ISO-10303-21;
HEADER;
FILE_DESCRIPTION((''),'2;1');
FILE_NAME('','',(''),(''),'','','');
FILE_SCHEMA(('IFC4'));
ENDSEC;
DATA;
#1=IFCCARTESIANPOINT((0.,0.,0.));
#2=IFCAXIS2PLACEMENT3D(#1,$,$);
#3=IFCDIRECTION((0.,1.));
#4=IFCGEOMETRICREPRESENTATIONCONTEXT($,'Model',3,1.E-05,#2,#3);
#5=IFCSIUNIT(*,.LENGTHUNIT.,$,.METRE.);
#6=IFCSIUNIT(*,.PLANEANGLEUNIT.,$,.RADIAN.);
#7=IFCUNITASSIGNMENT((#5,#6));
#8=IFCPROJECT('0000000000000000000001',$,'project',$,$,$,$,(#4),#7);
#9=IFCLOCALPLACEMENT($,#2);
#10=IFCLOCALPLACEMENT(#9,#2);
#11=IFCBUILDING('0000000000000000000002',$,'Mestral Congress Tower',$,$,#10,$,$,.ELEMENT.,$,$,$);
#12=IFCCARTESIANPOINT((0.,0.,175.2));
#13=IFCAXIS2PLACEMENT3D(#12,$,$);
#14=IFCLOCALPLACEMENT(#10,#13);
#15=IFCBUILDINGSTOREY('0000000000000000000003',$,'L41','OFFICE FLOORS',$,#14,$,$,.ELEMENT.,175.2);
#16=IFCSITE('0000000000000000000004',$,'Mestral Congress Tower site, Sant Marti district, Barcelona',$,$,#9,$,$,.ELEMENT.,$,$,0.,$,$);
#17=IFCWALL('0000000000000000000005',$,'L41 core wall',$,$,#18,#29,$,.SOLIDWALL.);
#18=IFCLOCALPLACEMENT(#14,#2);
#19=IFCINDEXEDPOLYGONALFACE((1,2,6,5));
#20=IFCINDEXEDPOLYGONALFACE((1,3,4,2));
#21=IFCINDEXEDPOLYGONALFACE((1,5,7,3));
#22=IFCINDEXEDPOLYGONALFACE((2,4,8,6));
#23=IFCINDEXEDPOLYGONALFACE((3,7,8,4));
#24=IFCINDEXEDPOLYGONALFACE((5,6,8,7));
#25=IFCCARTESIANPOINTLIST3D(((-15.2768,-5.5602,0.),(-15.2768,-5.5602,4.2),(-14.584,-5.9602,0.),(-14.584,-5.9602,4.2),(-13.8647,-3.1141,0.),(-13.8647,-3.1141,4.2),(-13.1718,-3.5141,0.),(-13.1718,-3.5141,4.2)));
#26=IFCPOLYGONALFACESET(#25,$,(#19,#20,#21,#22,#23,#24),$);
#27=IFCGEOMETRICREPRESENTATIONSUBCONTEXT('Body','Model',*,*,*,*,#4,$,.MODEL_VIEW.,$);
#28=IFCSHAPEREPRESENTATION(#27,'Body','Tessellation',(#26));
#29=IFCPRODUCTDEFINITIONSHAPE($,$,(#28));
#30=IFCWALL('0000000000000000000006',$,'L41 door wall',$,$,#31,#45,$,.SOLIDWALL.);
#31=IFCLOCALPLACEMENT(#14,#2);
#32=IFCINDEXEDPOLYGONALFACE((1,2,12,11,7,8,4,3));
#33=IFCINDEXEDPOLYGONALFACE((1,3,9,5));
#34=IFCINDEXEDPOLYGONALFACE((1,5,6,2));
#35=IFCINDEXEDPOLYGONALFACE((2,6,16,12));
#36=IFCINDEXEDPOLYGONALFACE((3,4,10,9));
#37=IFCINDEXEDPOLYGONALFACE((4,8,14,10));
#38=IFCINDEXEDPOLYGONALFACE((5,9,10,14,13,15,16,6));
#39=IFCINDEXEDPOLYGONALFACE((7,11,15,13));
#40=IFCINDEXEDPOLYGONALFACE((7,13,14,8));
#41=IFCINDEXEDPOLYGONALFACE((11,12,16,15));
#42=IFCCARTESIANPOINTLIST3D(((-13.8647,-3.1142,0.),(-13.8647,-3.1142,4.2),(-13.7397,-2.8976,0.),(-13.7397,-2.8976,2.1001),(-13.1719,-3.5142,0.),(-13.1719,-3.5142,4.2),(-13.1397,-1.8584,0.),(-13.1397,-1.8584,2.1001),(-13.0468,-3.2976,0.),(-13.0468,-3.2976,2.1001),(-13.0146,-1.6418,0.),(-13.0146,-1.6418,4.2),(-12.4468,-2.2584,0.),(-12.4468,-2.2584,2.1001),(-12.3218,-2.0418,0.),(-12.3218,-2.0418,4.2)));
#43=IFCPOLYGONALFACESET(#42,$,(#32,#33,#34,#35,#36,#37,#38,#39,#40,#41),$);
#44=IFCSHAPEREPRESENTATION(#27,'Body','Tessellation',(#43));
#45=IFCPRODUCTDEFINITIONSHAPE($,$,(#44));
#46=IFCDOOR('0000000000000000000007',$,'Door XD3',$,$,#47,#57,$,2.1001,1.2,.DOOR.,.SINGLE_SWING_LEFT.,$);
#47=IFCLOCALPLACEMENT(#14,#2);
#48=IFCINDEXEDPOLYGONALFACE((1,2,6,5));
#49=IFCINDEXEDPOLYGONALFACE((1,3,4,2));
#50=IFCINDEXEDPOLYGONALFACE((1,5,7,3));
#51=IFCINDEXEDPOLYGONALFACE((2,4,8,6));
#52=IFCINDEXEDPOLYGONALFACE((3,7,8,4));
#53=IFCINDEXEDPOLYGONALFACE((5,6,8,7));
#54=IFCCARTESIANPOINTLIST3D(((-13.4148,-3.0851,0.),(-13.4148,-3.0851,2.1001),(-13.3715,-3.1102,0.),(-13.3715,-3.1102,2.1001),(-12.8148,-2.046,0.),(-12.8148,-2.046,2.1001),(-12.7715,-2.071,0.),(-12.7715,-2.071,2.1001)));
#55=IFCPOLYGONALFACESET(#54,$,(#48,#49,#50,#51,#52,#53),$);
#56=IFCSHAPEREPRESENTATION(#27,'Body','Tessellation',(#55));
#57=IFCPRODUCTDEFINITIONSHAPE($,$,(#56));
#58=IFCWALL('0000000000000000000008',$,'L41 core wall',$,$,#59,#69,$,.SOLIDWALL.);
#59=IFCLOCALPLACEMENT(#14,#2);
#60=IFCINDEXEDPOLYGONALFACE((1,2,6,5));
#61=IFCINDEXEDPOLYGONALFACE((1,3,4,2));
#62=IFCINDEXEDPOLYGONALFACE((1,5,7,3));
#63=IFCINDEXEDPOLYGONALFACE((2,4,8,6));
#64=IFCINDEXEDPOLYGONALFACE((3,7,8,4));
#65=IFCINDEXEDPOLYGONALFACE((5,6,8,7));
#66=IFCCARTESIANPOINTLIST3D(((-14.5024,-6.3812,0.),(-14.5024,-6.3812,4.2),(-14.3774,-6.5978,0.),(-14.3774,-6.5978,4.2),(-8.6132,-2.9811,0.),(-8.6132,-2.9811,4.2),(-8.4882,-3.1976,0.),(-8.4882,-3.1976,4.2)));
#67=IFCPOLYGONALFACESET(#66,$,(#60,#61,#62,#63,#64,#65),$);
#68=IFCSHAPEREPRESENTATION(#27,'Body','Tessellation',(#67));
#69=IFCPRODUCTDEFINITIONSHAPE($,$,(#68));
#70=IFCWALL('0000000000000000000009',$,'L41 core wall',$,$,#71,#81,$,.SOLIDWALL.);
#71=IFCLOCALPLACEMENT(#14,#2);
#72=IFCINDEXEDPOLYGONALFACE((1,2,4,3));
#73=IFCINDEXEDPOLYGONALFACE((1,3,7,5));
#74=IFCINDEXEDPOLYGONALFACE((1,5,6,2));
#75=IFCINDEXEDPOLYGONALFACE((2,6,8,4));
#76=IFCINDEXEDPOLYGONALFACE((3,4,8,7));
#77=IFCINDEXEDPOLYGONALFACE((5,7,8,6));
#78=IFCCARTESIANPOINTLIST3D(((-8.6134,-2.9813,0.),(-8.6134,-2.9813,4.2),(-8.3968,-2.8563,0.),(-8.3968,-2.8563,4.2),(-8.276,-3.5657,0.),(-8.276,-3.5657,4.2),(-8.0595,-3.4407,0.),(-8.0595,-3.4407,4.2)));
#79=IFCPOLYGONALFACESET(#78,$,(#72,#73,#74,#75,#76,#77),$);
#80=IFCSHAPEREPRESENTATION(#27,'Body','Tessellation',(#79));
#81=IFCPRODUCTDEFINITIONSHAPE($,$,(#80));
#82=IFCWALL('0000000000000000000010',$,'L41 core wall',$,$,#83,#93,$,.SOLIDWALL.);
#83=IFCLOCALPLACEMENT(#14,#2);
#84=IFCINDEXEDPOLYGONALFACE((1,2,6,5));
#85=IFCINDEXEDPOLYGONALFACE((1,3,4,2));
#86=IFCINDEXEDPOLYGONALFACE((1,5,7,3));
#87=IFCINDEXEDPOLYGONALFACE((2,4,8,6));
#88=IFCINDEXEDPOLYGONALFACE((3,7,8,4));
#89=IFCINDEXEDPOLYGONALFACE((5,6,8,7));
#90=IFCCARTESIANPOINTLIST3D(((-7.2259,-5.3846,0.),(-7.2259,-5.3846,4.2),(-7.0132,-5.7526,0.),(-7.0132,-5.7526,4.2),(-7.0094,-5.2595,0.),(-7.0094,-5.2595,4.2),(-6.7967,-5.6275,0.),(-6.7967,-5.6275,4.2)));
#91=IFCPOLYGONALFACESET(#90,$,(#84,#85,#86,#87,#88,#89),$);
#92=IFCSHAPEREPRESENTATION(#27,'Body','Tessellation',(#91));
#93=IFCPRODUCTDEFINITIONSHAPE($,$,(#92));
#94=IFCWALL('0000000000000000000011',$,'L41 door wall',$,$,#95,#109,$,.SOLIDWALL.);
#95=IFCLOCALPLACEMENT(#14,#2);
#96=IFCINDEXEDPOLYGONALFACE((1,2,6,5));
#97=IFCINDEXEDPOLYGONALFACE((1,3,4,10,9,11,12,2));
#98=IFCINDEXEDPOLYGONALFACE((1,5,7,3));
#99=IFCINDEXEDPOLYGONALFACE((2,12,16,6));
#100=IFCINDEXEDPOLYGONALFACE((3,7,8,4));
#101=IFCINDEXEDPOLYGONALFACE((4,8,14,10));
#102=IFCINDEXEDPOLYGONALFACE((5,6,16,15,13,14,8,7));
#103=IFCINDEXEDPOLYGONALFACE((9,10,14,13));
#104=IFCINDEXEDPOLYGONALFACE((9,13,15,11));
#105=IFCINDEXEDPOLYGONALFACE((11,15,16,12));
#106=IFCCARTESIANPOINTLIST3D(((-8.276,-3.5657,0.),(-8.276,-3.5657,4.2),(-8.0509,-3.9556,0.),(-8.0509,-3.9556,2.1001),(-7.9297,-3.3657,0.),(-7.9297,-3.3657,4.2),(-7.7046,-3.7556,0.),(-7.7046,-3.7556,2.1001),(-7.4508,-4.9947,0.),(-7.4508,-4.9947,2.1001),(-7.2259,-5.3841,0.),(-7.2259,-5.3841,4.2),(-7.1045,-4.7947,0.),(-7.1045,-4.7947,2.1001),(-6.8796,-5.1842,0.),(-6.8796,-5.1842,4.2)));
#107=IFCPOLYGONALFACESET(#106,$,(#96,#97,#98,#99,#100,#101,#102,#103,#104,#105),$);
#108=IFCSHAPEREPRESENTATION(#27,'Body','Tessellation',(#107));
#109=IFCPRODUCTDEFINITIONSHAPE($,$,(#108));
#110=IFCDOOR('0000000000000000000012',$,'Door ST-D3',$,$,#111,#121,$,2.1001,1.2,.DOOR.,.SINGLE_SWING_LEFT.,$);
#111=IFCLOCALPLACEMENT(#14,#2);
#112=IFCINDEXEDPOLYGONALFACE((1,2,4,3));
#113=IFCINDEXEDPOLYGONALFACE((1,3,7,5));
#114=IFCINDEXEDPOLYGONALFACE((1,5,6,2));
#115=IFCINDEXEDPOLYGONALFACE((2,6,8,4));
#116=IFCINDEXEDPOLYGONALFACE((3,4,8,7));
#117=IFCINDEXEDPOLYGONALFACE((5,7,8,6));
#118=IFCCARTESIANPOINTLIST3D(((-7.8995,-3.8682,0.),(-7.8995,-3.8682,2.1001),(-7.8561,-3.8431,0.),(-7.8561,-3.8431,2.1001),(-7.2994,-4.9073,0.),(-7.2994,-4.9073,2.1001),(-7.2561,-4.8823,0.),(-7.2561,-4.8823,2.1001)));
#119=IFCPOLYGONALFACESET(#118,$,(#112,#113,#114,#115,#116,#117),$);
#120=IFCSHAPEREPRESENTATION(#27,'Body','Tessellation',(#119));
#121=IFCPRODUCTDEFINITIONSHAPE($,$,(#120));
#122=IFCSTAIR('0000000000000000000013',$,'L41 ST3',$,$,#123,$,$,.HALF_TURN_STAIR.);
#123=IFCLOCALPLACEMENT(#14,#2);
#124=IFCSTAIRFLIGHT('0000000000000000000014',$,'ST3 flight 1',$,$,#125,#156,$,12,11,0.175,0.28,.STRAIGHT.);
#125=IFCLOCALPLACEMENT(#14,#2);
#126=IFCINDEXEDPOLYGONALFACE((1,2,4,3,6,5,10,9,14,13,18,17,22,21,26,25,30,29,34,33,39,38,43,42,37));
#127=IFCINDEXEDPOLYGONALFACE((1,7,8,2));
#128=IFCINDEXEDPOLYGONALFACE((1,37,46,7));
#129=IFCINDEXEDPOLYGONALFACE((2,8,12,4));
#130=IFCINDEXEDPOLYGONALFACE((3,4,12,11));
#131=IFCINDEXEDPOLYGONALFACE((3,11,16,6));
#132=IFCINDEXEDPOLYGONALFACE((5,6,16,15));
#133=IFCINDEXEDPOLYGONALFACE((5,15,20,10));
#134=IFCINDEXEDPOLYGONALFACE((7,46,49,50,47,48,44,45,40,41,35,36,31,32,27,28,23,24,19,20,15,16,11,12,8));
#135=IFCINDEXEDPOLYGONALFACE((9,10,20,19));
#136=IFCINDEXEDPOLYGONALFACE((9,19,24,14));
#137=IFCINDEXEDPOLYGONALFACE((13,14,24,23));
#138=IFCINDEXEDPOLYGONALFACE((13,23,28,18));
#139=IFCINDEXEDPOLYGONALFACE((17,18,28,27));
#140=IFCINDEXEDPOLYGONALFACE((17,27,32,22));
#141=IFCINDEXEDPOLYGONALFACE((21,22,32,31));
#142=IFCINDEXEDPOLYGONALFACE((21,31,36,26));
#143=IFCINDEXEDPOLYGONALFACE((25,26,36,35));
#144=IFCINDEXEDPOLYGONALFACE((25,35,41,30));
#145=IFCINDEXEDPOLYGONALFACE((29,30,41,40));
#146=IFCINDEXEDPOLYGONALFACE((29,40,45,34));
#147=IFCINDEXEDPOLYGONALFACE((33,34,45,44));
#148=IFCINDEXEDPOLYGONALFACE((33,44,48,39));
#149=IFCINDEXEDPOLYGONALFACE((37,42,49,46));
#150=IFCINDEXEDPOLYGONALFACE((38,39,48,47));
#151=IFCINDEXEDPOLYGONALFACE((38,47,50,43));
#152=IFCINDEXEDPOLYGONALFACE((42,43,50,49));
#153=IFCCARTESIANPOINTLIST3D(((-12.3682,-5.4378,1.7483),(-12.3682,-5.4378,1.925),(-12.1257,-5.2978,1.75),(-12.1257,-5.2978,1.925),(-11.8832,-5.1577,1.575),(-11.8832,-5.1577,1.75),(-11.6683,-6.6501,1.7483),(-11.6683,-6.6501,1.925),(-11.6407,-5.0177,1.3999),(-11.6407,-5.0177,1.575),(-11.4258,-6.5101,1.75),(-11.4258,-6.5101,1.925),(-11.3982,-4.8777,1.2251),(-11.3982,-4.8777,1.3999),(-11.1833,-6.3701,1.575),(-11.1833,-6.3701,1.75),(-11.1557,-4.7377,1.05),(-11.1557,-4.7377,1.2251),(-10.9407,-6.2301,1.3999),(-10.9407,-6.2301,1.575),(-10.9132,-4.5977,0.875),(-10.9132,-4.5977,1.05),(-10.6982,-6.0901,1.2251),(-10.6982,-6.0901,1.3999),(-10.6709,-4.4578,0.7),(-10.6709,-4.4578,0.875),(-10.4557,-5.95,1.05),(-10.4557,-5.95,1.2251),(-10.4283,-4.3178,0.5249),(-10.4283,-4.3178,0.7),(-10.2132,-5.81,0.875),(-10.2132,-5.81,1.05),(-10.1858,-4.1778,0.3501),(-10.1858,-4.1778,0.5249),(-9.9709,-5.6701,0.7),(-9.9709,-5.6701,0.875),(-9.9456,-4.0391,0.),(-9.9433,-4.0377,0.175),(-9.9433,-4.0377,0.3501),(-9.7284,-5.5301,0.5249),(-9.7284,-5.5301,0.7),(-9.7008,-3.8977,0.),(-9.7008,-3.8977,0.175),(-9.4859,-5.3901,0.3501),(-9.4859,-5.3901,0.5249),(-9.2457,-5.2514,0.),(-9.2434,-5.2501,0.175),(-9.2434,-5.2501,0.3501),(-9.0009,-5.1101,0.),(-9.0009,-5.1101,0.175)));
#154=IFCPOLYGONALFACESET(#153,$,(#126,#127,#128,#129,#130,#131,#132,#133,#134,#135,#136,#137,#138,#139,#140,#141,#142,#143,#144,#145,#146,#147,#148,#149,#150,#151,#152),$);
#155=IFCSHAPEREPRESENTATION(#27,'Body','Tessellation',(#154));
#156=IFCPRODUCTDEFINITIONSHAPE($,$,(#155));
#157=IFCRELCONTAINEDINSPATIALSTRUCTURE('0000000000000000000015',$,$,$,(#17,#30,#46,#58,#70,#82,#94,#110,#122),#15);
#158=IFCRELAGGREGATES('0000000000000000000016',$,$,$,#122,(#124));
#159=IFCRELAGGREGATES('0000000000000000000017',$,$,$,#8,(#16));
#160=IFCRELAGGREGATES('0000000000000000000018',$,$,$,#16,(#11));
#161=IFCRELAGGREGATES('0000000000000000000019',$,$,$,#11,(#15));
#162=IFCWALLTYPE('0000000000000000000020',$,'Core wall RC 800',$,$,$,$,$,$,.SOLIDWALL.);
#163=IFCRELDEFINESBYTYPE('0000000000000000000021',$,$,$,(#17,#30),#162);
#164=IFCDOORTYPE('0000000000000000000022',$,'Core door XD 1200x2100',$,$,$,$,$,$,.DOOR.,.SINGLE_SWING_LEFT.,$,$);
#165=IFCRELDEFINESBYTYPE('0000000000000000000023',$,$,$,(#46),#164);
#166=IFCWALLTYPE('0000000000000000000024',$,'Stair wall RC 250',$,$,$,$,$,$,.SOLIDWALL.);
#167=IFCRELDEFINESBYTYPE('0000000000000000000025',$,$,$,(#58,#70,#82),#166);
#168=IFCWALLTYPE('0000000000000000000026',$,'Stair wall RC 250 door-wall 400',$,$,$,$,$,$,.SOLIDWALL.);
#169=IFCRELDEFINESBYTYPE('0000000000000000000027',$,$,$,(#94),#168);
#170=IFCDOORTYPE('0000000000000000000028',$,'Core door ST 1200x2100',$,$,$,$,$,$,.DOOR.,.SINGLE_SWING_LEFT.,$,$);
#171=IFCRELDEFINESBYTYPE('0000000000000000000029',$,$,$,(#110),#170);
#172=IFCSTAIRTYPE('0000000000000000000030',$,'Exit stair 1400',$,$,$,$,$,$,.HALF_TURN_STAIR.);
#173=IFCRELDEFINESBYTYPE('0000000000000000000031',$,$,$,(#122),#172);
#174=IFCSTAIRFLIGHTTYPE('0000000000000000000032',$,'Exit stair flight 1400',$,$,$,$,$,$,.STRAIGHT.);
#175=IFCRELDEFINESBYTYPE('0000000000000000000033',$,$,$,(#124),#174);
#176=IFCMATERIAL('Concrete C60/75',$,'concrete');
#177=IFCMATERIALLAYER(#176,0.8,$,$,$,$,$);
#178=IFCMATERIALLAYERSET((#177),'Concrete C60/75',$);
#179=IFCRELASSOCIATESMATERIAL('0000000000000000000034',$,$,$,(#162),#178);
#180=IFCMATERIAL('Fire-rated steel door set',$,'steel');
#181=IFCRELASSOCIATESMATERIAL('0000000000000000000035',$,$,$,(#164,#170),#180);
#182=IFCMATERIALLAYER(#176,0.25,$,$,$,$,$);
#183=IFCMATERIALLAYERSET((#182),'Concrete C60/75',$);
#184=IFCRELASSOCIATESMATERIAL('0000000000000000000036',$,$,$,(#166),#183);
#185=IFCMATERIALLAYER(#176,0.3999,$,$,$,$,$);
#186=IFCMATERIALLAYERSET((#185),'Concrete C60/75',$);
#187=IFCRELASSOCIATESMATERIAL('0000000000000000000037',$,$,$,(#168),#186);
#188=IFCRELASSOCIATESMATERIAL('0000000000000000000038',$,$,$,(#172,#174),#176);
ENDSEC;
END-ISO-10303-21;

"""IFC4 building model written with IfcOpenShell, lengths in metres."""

from ifc_helpers import new_model, si_unit, direction, frame, frame_2d, origin, place, context, subcontext, project, spatial, polyline, rectangle, outline, extrude, material, layer, layer_set, type_object, element, fill, aggregate, save


model = new_model("IFC4")

# Units and contexts
model_context = context("Model", 3, precision=1e-05, world=origin(), true_north=direction((0.0, 1.0)))
body_context = subcontext(model_context, "Body", "Model", "MODEL_VIEW")
ifc_project = project(units=[si_unit("LENGTHUNIT", "METRE"), si_unit("PLANEANGLEUNIT", "RADIAN")], contexts=[model_context])

# Site, building, storey
site_placement = place(None, origin())
site = spatial("IfcSite", under=ifc_project, at=site_placement, Name="Mestral Congress Tower site, Sant Marti district, Barcelona", CompositionType="ELEMENT", RefElevation=0.0)
building_placement = place(site_placement, origin())
building = spatial("IfcBuilding", under=site, at=building_placement, Name="Mestral Congress Tower", CompositionType="ELEMENT")
storey_placement = place(building_placement, frame((0.0, 0.0, 175.2)))
storey = spatial("IfcBuildingStorey", under=building, at=storey_placement, Name="L41", Description="OFFICE FLOORS", CompositionType="ELEMENT", Elevation=175.2)

# Wall
ifc_material_1 = material(Name="Concrete C60/75", Category="concrete")
ifc_layer_1 = layer(ifc_material_1, 0.8)
ifc_layer_set_1 = layer_set([ifc_layer_1], Name="Concrete C60/75")
wall_type_1 = type_object("IfcWallType", Name="Core wall RC 800", PredefinedType="SOLIDWALL", material=ifc_layer_set_1)
wall_1_placement = place(storey_placement, frame((-13.5183, -3.3142, 0.0), z_axis=(0.0, 0.0, 1.0), x_axis=(-0.499969, -0.866043, 0.0)))
element("IfcWall", 1, at=wall_1_placement, inside=storey, type_object=wall_type_1, Name="L41 core wall", PredefinedType="SOLIDWALL", context=body_context, shape_type="SweptSolid", body=[
    extrude(rectangle(XDim=2.8245, YDim=0.8, at=frame_2d((1.4121, 0.0))), origin(), (0.0, 0.0, 1.0), 4.2),
])

# Wall, opening, door
wall_2_placement = place(storey_placement, frame((-13.5183, -3.3142, 0.0), z_axis=(0.0, 0.0, 1.0), x_axis=(0.5, 0.866025, 0.0)))
wall_2 = element("IfcWall", 2, at=wall_2_placement, inside=storey, type_object=wall_type_1, Name="L41 door wall", PredefinedType="SOLIDWALL", context=body_context, shape_type="SweptSolid", body=[
    extrude(rectangle(XDim=1.7002, YDim=0.8, at=frame_2d((0.8501, 0.0))), origin(), (0.0, 0.0, 1.0), 4.2),
])
opening_1_placement = place(wall_2_placement, frame((0.25, 0.0, 0.0)))
opening_1 = element("IfcOpeningElement", 3, at=opening_1_placement, cuts=wall_2, PredefinedType="OPENING", context=body_context, shape_type="SweptSolid", body=[
    extrude(rectangle(XDim=1.2, YDim=2.1001, at=frame_2d((0.6001, 1.05))), frame((0.0, 0.4099, 0.0), z_axis=(0.0, -1.0, 0.0), x_axis=(1.0, 0.0, 0.0)), (0.0, 0.0, 1.0), 0.8201),
])
ifc_material_2 = material(Name="Fire-rated steel door set", Category="steel")
door_type_1 = type_object("IfcDoorType", Name="Core door XD 1200x2100", OperationType="SINGLE_SWING_LEFT", PredefinedType="DOOR", material=ifc_material_2)
door_1_placement = place(opening_1_placement, origin())
door_1 = element("IfcDoor", 4, at=door_1_placement, inside=storey, type_object=door_type_1, Name="Door XD3", OperationType="SINGLE_SWING_LEFT", OverallHeight=2.1001, OverallWidth=1.2, PredefinedType="DOOR", context=body_context, shape_type="SweptSolid", body=[
    extrude(rectangle(XDim=1.2, YDim=2.1001, at=frame_2d((0.6001, 1.05))), frame((0.0, 0.0249, 0.0), z_axis=(0.0, -1.0, 0.0), x_axis=(1.0, 0.0, 0.0)), (0.0, 0.0, 1.0), 0.05),
])
fill(opening_1, door_1)

# Walls
ifc_layer_2 = layer(ifc_material_1, 0.25)
ifc_layer_set_2 = layer_set([ifc_layer_2], Name="Concrete C60/75")
wall_type_2 = type_object("IfcWallType", Name="Stair wall RC 250", PredefinedType="SOLIDWALL", material=ifc_layer_set_2)
wall_3_placement = place(storey_placement, frame((-14.4399, -6.4895, 0.0), z_axis=(0.0, 0.0, 1.0), x_axis=(0.866023, 0.500004, 0.0)))
element("IfcWall", 5, at=wall_3_placement, inside=storey, type_object=wall_type_2, Name="L41 core wall", PredefinedType="SOLIDWALL", context=body_context, shape_type="SweptSolid", body=[
    extrude(rectangle(XDim=6.8003, YDim=0.25, at=frame_2d((3.4001, 0.0))), origin(), (0.0, 0.0, 1.0), 4.2),
])
wall_4_placement = place(storey_placement, frame((-8.1677, -3.5032, 0.0), z_axis=(0.0, 0.0, 1.0), x_axis=(-0.499952, 0.866053, 0.0)))
element("IfcWall", 6, at=wall_4_placement, inside=storey, type_object=wall_type_2, Name="L41 core wall", PredefinedType="SOLIDWALL", context=body_context, shape_type="SweptSolid", body=[
    extrude(rectangle(XDim=0.6748, YDim=0.25, at=frame_2d((0.3374, 0.0))), origin(), (0.0, 0.0, 1.0), 4.2),
])
wall_5_placement = place(storey_placement, frame((-6.905, -5.6899, 0.0), z_axis=(0.0, 0.0, 1.0), x_axis=(-0.500402, 0.865793, 0.0)))
element("IfcWall", 7, at=wall_5_placement, inside=storey, type_object=wall_type_2, Name="L41 core wall", PredefinedType="SOLIDWALL", context=body_context, shape_type="SweptSolid", body=[
    extrude(rectangle(XDim=0.425, YDim=0.25, at=frame_2d((0.2124, 0.0))), origin(), (0.0, 0.0, 1.0), 4.2),
])

# Wall, opening, door
ifc_layer_3 = layer(ifc_material_1, 0.3999)
ifc_layer_set_3 = layer_set([ifc_layer_3], Name="Concrete C60/75")
wall_type_3 = type_object("IfcWallType", Name="Stair wall RC 250 door-wall 400", PredefinedType="SOLIDWALL", material=ifc_layer_set_3)
wall_6_placement = place(storey_placement, frame((-8.1028, -3.4658, 0.0), z_axis=(0.0, 0.0, 1.0), x_axis=(0.500078, -0.86598, 0.0)))
wall_6 = element("IfcWall", 8, at=wall_6_placement, inside=storey, type_object=wall_type_3, Name="L41 door wall", PredefinedType="SOLIDWALL", context=body_context, shape_type="SweptSolid", body=[
    extrude(rectangle(XDim=2.0999, YDim=0.3999, at=frame_2d((1.0498, 0.0))), origin(), (0.0, 0.0, 1.0), 4.2),
])
opening_2_placement = place(wall_6_placement, frame((0.45, 0.0, 0.0)))
opening_2 = element("IfcOpeningElement", 9, at=opening_2_placement, cuts=wall_6, PredefinedType="OPENING", context=body_context, shape_type="SweptSolid", body=[
    extrude(rectangle(XDim=1.2, YDim=2.1001, at=frame_2d((0.6001, 1.05))), frame((0.0, 0.21, 0.0), z_axis=(0.0, -1.0, 0.0), x_axis=(1.0, 0.0, 0.0)), (0.0, 0.0, 1.0), 0.4199),
])
door_type_2 = type_object("IfcDoorType", Name="Core door ST 1200x2100", OperationType="SINGLE_SWING_LEFT", PredefinedType="DOOR", material=ifc_material_2)
door_2_placement = place(opening_2_placement, origin())
door_2 = element("IfcDoor", 10, at=door_2_placement, inside=storey, type_object=door_type_2, Name="Door ST-D3", OperationType="SINGLE_SWING_LEFT", OverallHeight=2.1001, OverallWidth=1.2, PredefinedType="DOOR", context=body_context, shape_type="SweptSolid", body=[
    extrude(rectangle(XDim=1.2, YDim=2.1001, at=frame_2d((0.6001, 1.05))), frame((0.0, 0.0249, 0.0), z_axis=(0.0, -1.0, 0.0), x_axis=(1.0, 0.0, 0.0)), (0.0, 0.0, 1.0), 0.05),
])
fill(opening_2, door_2)

# Stair, stair flight
stair_type = type_object("IfcStairType", Name="Exit stair 1400", PredefinedType="HALF_TURN_STAIR", material=ifc_material_1)
stair_placement = place(storey_placement, origin())
stair = element("IfcStair", 11, at=stair_placement, inside=storey, type_object=stair_type, Name="L41 ST3", PredefinedType="HALF_TURN_STAIR")
stair_flight_type = type_object("IfcStairFlightType", Name="Exit stair flight 1400", PredefinedType="STRAIGHT", material=ifc_material_1)
stair_flight_placement = place(storey_placement, frame((-9.3508, -4.5039, 0.0), z_axis=(0.0, 0.0, 1.0), x_axis=(-0.866025, -0.5, 0.0)))
stair_flight = element("IfcStairFlight", 12, at=stair_flight_placement, type_object=stair_flight_type, Name="ST3 flight 1", NumberOfRisers=12, NumberOfTreads=11, PredefinedType="STRAIGHT", RiserHeight=0.175, TreadLength=0.28, context=body_context, shape_type="SweptSolid", body=[
    extrude(outline(polyline([(0.0, 0.0), (0.0, 0.175), (0.28, 0.175), (0.28, 0.3501), (0.5601, 0.3501), (0.5601, 0.5249), (0.8401, 0.5249), (0.8401, 0.7), (1.1201, 0.7), (1.1201, 0.875), (1.3999, 0.875), (1.3999, 1.05), (1.6799, 1.05), (1.6799, 1.2251), (1.96, 1.2251), (1.96, 1.3999), (2.24, 1.3999), (2.24, 1.575), (2.52, 1.575), (2.52, 1.75), (2.8, 1.75), (2.8, 1.925), (3.0801, 1.925), (3.0801, 2.1001), (3.0801, 1.7483), (0.2827, 0.0), (0.0, 0.0)])), frame((0.0, 0.7, 0.0), z_axis=(0.0, -1.0, 0.0), x_axis=(1.0, 0.0, 0.0)), (0.0, 0.0, 1.0), 1.3999),
])
aggregate(stair, [stair_flight])

save(model, "model.ifc")
